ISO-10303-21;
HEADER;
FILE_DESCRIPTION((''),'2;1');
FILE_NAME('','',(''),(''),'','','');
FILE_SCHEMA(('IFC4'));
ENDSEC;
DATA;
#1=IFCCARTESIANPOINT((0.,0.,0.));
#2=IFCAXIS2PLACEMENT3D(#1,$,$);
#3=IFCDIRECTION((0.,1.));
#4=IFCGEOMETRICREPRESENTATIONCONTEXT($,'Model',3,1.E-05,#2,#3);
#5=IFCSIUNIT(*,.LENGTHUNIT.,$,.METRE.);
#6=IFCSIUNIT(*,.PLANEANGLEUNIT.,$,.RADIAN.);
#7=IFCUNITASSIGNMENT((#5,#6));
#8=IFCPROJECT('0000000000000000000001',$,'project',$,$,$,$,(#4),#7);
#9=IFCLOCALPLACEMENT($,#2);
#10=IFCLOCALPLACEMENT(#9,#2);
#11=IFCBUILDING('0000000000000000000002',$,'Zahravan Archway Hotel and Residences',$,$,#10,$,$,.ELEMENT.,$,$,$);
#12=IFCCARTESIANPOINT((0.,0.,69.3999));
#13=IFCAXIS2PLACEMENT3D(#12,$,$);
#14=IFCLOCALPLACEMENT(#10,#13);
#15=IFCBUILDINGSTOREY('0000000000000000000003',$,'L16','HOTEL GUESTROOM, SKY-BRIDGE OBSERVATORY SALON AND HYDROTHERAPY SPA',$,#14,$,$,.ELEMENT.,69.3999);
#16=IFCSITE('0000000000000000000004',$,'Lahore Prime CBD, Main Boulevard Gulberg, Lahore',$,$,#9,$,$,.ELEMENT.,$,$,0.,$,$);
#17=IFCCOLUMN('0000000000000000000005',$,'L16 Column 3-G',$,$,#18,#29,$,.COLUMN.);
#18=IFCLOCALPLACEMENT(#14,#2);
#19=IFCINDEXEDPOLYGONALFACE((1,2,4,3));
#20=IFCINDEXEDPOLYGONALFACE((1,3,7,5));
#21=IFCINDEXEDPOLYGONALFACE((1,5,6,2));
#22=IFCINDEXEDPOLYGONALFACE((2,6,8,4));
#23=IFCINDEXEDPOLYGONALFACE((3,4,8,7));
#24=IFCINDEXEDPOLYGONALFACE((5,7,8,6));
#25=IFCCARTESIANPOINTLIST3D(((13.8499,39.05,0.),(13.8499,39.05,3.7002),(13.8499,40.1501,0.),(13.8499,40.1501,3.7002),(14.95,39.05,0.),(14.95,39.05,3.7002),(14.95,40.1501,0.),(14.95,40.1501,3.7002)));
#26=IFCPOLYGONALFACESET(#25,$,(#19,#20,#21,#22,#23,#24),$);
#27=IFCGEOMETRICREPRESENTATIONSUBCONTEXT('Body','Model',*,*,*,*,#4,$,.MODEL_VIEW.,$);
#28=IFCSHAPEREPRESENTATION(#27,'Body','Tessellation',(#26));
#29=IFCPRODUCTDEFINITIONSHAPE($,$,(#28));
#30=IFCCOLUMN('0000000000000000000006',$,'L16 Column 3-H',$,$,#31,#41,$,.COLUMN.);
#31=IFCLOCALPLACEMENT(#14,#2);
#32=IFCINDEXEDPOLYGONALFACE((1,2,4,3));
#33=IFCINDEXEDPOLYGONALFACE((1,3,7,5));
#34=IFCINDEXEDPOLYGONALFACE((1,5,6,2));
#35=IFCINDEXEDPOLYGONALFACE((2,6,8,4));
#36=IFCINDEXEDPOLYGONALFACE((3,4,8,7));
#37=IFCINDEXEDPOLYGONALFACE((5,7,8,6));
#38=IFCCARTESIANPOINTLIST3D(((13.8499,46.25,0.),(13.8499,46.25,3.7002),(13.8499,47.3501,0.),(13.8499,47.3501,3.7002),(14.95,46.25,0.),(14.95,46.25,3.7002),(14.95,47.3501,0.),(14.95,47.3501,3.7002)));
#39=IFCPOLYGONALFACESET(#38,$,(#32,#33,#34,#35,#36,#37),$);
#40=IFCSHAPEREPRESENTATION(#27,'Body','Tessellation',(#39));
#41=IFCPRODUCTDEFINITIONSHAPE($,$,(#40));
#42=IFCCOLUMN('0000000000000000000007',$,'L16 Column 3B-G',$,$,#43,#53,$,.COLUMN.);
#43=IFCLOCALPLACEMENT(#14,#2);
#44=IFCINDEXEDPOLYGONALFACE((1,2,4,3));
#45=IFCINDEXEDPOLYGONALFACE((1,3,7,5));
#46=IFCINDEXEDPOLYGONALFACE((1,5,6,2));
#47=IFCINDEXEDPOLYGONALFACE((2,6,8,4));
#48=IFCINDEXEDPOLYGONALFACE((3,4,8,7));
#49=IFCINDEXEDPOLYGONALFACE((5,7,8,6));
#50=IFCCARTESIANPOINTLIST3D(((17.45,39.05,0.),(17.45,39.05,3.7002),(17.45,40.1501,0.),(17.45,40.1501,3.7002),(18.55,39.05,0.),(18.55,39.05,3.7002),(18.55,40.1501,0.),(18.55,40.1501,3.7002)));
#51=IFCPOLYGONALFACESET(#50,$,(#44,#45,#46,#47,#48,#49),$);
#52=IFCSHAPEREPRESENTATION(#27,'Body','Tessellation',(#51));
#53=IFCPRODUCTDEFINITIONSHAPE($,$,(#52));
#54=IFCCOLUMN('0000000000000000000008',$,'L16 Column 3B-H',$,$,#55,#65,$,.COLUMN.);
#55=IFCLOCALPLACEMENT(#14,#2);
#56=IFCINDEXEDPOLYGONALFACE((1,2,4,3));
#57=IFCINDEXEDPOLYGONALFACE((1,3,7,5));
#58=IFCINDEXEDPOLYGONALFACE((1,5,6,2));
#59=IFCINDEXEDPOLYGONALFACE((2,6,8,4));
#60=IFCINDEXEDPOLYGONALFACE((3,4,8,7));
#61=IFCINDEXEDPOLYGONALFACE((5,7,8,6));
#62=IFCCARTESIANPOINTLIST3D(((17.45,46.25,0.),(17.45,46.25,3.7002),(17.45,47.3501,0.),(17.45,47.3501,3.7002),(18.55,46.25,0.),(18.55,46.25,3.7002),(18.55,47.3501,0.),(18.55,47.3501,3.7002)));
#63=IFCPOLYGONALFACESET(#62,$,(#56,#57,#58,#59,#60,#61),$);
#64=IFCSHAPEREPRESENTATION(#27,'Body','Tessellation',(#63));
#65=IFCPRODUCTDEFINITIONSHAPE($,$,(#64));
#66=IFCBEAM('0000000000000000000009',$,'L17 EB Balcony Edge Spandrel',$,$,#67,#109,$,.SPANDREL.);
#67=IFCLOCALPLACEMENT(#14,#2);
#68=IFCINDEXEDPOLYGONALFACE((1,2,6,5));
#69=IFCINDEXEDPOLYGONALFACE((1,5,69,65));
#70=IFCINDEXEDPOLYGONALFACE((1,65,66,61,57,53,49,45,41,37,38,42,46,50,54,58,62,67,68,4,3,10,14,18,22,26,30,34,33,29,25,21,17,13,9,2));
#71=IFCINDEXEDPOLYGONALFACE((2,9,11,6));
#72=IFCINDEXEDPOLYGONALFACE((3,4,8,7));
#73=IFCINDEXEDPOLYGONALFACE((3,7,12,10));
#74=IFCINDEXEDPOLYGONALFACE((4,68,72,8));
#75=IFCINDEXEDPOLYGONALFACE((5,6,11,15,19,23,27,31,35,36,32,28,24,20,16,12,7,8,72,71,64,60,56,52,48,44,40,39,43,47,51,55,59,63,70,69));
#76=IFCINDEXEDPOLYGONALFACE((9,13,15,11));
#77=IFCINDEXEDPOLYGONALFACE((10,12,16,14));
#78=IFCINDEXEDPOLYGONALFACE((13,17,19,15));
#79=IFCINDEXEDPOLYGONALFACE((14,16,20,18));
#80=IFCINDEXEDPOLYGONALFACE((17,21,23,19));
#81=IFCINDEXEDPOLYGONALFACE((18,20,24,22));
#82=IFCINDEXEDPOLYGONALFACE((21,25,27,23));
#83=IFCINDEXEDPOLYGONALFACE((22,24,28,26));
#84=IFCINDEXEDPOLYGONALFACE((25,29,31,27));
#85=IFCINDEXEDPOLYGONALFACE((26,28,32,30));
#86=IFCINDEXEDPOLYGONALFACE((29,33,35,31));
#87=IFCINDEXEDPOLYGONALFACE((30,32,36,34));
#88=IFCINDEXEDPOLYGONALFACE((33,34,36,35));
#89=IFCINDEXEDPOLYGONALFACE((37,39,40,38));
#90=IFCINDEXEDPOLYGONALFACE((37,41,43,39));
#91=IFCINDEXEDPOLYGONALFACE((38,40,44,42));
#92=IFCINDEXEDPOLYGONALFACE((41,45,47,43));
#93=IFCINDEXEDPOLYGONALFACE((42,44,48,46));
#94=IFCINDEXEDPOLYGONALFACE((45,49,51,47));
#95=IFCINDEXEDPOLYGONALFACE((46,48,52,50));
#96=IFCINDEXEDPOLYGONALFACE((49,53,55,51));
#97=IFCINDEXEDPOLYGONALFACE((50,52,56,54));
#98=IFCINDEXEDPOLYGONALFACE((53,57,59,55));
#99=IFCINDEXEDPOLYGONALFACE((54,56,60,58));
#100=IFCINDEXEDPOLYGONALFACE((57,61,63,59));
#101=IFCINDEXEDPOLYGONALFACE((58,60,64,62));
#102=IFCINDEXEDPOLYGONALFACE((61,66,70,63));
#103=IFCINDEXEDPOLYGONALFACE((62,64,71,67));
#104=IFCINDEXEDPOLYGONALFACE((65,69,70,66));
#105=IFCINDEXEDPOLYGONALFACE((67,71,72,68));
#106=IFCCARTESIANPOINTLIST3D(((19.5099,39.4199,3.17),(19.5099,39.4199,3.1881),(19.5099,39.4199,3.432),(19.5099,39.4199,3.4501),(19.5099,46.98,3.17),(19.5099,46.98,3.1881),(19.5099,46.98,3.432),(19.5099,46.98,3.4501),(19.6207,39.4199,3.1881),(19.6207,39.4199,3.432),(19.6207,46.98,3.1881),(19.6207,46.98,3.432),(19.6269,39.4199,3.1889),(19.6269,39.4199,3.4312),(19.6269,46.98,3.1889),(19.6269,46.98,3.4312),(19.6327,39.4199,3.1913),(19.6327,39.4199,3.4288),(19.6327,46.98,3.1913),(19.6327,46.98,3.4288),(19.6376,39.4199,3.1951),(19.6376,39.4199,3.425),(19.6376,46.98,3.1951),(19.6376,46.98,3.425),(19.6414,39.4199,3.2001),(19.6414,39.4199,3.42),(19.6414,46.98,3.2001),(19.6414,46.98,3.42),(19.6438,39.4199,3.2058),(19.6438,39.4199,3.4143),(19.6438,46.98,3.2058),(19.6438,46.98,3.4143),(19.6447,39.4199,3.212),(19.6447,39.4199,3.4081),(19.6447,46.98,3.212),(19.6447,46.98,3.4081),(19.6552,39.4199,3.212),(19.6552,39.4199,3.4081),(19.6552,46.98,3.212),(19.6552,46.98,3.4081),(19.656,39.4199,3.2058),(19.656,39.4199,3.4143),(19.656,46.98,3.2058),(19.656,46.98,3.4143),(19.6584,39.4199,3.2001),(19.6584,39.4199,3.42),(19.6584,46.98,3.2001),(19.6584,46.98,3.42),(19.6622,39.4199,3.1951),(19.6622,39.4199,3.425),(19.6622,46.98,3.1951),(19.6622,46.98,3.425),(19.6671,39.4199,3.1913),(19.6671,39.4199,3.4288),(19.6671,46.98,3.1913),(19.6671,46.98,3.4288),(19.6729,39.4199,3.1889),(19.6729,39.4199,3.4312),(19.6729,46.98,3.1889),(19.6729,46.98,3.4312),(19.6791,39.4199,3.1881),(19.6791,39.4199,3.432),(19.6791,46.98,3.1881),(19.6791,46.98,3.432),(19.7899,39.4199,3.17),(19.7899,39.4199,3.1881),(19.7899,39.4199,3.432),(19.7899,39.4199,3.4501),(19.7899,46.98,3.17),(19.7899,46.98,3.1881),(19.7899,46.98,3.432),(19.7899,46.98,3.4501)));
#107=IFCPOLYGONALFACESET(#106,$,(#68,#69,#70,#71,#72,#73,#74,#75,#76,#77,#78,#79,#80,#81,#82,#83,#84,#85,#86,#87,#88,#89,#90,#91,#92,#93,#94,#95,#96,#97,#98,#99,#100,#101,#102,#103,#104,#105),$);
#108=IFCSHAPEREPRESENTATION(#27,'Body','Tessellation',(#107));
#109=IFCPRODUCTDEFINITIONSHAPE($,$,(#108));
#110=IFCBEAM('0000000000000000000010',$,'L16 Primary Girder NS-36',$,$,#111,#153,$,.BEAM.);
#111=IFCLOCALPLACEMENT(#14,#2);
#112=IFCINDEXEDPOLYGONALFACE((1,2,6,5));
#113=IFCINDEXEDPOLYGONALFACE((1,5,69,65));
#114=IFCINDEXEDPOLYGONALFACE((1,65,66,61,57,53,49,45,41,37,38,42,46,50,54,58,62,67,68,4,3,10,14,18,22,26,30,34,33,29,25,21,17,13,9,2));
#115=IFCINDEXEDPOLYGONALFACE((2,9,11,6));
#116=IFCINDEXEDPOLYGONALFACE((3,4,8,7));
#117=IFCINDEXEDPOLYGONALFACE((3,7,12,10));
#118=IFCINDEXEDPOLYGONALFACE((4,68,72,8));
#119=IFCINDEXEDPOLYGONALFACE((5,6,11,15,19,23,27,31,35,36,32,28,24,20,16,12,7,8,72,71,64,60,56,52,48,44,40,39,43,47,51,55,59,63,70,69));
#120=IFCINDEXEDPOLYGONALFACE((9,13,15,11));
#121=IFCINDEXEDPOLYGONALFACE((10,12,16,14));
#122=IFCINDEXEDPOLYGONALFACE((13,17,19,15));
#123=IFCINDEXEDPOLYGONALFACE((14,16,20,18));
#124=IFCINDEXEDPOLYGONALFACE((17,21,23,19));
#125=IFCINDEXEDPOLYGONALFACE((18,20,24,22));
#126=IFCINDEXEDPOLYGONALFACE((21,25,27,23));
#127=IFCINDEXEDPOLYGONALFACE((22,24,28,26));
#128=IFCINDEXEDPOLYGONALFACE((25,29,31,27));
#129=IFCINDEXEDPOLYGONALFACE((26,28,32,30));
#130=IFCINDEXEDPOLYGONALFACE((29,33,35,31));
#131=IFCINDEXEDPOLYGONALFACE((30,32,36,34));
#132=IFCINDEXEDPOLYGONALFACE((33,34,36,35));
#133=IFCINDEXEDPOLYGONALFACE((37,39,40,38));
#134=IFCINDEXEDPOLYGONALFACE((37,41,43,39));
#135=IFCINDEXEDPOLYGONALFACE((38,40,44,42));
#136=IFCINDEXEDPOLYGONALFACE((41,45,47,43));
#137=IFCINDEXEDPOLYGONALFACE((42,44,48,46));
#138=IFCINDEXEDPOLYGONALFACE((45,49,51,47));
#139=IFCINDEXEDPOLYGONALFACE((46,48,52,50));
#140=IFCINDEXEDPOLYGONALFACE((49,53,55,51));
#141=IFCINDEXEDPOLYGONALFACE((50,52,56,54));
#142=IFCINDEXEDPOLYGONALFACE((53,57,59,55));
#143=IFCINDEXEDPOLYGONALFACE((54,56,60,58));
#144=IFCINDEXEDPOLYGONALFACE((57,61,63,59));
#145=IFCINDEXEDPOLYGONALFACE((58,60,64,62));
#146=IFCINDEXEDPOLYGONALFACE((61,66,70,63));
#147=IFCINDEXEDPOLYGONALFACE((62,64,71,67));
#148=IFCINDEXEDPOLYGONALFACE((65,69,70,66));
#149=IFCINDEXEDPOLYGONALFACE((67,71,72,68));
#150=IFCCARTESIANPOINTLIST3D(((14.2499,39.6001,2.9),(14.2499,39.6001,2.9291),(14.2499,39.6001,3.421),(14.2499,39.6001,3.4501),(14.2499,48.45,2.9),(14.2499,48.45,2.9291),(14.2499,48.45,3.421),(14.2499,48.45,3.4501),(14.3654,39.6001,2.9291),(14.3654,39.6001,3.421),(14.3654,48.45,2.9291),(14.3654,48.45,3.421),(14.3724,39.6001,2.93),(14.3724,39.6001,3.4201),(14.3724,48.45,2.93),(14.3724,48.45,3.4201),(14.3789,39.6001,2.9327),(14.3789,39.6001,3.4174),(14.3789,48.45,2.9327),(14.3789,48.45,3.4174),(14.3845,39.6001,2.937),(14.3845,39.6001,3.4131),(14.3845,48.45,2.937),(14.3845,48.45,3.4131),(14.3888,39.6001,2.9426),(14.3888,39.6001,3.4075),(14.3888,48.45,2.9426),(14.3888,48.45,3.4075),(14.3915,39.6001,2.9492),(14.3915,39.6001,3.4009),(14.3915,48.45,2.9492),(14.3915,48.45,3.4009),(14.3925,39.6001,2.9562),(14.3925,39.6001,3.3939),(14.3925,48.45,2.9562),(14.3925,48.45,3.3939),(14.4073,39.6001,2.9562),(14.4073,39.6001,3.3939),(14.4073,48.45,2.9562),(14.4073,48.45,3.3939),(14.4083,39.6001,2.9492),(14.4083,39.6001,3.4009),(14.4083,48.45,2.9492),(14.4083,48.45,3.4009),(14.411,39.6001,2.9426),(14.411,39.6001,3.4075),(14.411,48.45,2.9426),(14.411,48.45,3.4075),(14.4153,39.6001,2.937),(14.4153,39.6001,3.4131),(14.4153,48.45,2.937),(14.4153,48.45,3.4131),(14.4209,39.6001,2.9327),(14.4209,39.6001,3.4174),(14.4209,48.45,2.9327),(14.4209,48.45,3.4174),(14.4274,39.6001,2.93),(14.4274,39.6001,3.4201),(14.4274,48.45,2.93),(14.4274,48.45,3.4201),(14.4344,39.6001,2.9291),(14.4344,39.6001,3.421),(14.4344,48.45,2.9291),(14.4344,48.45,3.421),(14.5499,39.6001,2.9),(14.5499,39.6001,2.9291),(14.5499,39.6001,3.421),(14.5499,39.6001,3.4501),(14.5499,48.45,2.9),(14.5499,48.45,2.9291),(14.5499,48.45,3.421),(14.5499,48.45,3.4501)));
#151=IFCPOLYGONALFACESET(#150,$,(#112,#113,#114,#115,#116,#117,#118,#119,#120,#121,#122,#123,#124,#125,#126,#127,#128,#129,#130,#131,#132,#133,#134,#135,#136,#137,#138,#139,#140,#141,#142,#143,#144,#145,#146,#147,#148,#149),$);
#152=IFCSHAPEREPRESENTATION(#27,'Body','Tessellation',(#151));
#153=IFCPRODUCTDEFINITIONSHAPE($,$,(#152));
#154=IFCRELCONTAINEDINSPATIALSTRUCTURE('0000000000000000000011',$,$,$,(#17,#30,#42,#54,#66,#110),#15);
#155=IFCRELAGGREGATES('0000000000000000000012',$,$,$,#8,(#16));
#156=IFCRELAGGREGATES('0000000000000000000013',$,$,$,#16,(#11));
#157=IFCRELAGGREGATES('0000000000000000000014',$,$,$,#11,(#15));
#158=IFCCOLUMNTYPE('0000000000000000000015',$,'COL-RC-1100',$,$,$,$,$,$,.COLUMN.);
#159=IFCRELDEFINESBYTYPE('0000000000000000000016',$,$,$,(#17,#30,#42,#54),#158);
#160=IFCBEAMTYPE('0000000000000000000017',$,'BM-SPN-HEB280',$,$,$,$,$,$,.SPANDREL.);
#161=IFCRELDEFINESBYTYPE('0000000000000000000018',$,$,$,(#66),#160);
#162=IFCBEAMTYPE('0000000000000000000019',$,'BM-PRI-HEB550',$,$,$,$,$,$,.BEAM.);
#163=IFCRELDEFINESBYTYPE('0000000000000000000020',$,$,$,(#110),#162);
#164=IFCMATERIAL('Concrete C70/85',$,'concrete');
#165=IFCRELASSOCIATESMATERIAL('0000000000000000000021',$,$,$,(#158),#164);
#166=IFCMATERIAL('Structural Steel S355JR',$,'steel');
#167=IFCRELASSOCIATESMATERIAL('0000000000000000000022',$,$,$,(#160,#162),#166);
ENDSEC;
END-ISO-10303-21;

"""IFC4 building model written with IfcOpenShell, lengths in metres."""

from ifc_helpers import new_model, si_unit, direction, frame, origin, origin_2d, place, context, subcontext, project, spatial, rectangle, i_section, extrude, source, transform, mapped, material, material_profile, profile_set, type_object, type_shapes, element, save


model = new_model("IFC4")

# Units and contexts
model_context = context("Model", 3, precision=1e-05, world=origin(), true_north=direction((0.0, 1.0)))
body_context = subcontext(model_context, "Body", "Model", "MODEL_VIEW")
ifc_project = project(units=[si_unit("LENGTHUNIT", "METRE"), si_unit("PLANEANGLEUNIT", "RADIAN")], contexts=[model_context])

# Site, building, storey
site_placement = place(None, origin())
site = spatial("IfcSite", under=ifc_project, at=site_placement, Name="Lahore Prime CBD, Main Boulevard Gulberg, Lahore", CompositionType="ELEMENT", RefElevation=0.0)
building_placement = place(site_placement, origin())
building = spatial("IfcBuilding", under=site, at=building_placement, Name="Zahravan Archway Hotel and Residences", CompositionType="ELEMENT")
storey_placement = place(building_placement, frame((0.0, 0.0, 69.3999)))
storey = spatial("IfcBuildingStorey", under=building, at=storey_placement, Name="L16", Description="HOTEL GUESTROOM, SKY-BRIDGE OBSERVATORY SALON AND HYDROTHERAPY SPA", CompositionType="ELEMENT", Elevation=69.3999)

# Columns
ifc_material_1 = material(Name="Concrete C70/85", Category="concrete")
ifc_material_profile_1 = material_profile(ifc_material_1, rectangle(XDim=1.1001, YDim=1.1001, at=origin_2d()), Name="RC 1100x1100", Category="concrete")
ifc_profile_set_1 = profile_set([ifc_material_profile_1], Name="Concrete C70/85")
column_type = type_object("IfcColumnType", Name="COL-RC-1100", PredefinedType="COLUMN", material=ifc_profile_set_1)
shared_shape_1 = source(origin(), body_context, "Body", "SweptSolid", [
    extrude(rectangle(XDim=1.1001, YDim=1.1001, at=origin_2d()), origin(), (0.0, 0.0, 1.0), 3.7002),
])
for number, where, z_axis, x_axis, name in (
    (1, (14.3999, 39.6001, 0.0), (0.0, 0.0, 1.0), (1.0, 0.0, 0.0), "L16 Column 3-G"),
    (2, (14.3999, 46.8, 0.0), (0.0, 0.0, 1.0), (1.0, 0.0, 0.0), "L16 Column 3-H"),
    (3, (18.0, 39.6001, 0.0), (0.0, 0.0, 1.0), (1.0, 0.0, 0.0), "L16 Column 3B-G"),
    (4, (18.0, 46.8, 0.0), (0.0, 0.0, 1.0), (1.0, 0.0, 0.0), "L16 Column 3B-H"),
):
    element("IfcColumn", number, at=place(storey_placement, frame(where, z_axis=z_axis, x_axis=x_axis)), inside=storey, type_object=column_type, Name=name, PredefinedType="COLUMN", context=body_context, shape_type="MappedRepresentation", body=[
        mapped(shared_shape_1, transform((0.0, 0.0, 0.0), scale=1.0)),
    ])

# Beams
ifc_material_2 = material(Name="Structural Steel S355JR", Category="steel")
ifc_material_profile_2 = material_profile(ifc_material_2, i_section(OverallWidth=0.28, OverallDepth=0.28, WebThickness=0.0105, FlangeThickness=0.0181, FilletRadius=0.0239, at=origin_2d()), Name="HEB 280", Category="steel")
ifc_profile_set_2 = profile_set([ifc_material_profile_2], Name="Structural Steel S355JR")
beam_type_1 = type_object("IfcBeamType", Name="BM-SPN-HEB280", PredefinedType="SPANDREL", material=ifc_profile_set_2)
shared_shape_2 = source(origin(), body_context, "Body", "SweptSolid", [
    extrude(i_section(OverallWidth=0.28, OverallDepth=0.28, WebThickness=0.0105, FlangeThickness=0.0181, FilletRadius=0.0239, at=origin_2d()), origin(), (0.0, 0.0, 1.0), 7.5601),
])
type_shapes(beam_type_1, [shared_shape_2])
beam_1_placement = place(storey_placement, frame((19.6499, 39.4199, 3.3101), z_axis=(0.0, 1.0, 0.0), x_axis=(-1.0, 0.0, 0.0)))
element("IfcBeam", 5, at=beam_1_placement, inside=storey, type_object=beam_type_1, Name="L17 EB Balcony Edge Spandrel", PredefinedType="SPANDREL", context=body_context, shape_type="MappedRepresentation", body=[
    mapped(shared_shape_2, transform((0.0, 0.0, 0.0), scale=1.0)),
])
ifc_material_profile_3 = material_profile(ifc_material_2, i_section(OverallWidth=0.3, OverallDepth=0.55, WebThickness=0.0149, FlangeThickness=0.0291, FilletRadius=0.0271, at=origin_2d()), Name="HEB 550", Category="steel")
ifc_profile_set_3 = profile_set([ifc_material_profile_3], Name="Structural Steel S355JR")
beam_type_2 = type_object("IfcBeamType", Name="BM-PRI-HEB550", PredefinedType="BEAM", material=ifc_profile_set_3)
shared_shape_3 = source(origin(), body_context, "Body", "SweptSolid", [
    extrude(i_section(OverallWidth=0.3, OverallDepth=0.55, WebThickness=0.0149, FlangeThickness=0.0291, FilletRadius=0.0271, at=origin_2d()), origin(), (0.0, 0.0, 1.0), 8.8499),
])
beam_2_placement = place(storey_placement, frame((14.3999, 39.6001, 3.175), z_axis=(0.0, 1.0, 0.0), x_axis=(-1.0, 0.0, 0.0)))
element("IfcBeam", 6, at=beam_2_placement, inside=storey, type_object=beam_type_2, Name="L16 Primary Girder NS-36", PredefinedType="BEAM", context=body_context, shape_type="MappedRepresentation", body=[
    mapped(shared_shape_3, transform((0.0, 0.0, 0.0), scale=1.0)),
])

save(model, "model.ifc")
